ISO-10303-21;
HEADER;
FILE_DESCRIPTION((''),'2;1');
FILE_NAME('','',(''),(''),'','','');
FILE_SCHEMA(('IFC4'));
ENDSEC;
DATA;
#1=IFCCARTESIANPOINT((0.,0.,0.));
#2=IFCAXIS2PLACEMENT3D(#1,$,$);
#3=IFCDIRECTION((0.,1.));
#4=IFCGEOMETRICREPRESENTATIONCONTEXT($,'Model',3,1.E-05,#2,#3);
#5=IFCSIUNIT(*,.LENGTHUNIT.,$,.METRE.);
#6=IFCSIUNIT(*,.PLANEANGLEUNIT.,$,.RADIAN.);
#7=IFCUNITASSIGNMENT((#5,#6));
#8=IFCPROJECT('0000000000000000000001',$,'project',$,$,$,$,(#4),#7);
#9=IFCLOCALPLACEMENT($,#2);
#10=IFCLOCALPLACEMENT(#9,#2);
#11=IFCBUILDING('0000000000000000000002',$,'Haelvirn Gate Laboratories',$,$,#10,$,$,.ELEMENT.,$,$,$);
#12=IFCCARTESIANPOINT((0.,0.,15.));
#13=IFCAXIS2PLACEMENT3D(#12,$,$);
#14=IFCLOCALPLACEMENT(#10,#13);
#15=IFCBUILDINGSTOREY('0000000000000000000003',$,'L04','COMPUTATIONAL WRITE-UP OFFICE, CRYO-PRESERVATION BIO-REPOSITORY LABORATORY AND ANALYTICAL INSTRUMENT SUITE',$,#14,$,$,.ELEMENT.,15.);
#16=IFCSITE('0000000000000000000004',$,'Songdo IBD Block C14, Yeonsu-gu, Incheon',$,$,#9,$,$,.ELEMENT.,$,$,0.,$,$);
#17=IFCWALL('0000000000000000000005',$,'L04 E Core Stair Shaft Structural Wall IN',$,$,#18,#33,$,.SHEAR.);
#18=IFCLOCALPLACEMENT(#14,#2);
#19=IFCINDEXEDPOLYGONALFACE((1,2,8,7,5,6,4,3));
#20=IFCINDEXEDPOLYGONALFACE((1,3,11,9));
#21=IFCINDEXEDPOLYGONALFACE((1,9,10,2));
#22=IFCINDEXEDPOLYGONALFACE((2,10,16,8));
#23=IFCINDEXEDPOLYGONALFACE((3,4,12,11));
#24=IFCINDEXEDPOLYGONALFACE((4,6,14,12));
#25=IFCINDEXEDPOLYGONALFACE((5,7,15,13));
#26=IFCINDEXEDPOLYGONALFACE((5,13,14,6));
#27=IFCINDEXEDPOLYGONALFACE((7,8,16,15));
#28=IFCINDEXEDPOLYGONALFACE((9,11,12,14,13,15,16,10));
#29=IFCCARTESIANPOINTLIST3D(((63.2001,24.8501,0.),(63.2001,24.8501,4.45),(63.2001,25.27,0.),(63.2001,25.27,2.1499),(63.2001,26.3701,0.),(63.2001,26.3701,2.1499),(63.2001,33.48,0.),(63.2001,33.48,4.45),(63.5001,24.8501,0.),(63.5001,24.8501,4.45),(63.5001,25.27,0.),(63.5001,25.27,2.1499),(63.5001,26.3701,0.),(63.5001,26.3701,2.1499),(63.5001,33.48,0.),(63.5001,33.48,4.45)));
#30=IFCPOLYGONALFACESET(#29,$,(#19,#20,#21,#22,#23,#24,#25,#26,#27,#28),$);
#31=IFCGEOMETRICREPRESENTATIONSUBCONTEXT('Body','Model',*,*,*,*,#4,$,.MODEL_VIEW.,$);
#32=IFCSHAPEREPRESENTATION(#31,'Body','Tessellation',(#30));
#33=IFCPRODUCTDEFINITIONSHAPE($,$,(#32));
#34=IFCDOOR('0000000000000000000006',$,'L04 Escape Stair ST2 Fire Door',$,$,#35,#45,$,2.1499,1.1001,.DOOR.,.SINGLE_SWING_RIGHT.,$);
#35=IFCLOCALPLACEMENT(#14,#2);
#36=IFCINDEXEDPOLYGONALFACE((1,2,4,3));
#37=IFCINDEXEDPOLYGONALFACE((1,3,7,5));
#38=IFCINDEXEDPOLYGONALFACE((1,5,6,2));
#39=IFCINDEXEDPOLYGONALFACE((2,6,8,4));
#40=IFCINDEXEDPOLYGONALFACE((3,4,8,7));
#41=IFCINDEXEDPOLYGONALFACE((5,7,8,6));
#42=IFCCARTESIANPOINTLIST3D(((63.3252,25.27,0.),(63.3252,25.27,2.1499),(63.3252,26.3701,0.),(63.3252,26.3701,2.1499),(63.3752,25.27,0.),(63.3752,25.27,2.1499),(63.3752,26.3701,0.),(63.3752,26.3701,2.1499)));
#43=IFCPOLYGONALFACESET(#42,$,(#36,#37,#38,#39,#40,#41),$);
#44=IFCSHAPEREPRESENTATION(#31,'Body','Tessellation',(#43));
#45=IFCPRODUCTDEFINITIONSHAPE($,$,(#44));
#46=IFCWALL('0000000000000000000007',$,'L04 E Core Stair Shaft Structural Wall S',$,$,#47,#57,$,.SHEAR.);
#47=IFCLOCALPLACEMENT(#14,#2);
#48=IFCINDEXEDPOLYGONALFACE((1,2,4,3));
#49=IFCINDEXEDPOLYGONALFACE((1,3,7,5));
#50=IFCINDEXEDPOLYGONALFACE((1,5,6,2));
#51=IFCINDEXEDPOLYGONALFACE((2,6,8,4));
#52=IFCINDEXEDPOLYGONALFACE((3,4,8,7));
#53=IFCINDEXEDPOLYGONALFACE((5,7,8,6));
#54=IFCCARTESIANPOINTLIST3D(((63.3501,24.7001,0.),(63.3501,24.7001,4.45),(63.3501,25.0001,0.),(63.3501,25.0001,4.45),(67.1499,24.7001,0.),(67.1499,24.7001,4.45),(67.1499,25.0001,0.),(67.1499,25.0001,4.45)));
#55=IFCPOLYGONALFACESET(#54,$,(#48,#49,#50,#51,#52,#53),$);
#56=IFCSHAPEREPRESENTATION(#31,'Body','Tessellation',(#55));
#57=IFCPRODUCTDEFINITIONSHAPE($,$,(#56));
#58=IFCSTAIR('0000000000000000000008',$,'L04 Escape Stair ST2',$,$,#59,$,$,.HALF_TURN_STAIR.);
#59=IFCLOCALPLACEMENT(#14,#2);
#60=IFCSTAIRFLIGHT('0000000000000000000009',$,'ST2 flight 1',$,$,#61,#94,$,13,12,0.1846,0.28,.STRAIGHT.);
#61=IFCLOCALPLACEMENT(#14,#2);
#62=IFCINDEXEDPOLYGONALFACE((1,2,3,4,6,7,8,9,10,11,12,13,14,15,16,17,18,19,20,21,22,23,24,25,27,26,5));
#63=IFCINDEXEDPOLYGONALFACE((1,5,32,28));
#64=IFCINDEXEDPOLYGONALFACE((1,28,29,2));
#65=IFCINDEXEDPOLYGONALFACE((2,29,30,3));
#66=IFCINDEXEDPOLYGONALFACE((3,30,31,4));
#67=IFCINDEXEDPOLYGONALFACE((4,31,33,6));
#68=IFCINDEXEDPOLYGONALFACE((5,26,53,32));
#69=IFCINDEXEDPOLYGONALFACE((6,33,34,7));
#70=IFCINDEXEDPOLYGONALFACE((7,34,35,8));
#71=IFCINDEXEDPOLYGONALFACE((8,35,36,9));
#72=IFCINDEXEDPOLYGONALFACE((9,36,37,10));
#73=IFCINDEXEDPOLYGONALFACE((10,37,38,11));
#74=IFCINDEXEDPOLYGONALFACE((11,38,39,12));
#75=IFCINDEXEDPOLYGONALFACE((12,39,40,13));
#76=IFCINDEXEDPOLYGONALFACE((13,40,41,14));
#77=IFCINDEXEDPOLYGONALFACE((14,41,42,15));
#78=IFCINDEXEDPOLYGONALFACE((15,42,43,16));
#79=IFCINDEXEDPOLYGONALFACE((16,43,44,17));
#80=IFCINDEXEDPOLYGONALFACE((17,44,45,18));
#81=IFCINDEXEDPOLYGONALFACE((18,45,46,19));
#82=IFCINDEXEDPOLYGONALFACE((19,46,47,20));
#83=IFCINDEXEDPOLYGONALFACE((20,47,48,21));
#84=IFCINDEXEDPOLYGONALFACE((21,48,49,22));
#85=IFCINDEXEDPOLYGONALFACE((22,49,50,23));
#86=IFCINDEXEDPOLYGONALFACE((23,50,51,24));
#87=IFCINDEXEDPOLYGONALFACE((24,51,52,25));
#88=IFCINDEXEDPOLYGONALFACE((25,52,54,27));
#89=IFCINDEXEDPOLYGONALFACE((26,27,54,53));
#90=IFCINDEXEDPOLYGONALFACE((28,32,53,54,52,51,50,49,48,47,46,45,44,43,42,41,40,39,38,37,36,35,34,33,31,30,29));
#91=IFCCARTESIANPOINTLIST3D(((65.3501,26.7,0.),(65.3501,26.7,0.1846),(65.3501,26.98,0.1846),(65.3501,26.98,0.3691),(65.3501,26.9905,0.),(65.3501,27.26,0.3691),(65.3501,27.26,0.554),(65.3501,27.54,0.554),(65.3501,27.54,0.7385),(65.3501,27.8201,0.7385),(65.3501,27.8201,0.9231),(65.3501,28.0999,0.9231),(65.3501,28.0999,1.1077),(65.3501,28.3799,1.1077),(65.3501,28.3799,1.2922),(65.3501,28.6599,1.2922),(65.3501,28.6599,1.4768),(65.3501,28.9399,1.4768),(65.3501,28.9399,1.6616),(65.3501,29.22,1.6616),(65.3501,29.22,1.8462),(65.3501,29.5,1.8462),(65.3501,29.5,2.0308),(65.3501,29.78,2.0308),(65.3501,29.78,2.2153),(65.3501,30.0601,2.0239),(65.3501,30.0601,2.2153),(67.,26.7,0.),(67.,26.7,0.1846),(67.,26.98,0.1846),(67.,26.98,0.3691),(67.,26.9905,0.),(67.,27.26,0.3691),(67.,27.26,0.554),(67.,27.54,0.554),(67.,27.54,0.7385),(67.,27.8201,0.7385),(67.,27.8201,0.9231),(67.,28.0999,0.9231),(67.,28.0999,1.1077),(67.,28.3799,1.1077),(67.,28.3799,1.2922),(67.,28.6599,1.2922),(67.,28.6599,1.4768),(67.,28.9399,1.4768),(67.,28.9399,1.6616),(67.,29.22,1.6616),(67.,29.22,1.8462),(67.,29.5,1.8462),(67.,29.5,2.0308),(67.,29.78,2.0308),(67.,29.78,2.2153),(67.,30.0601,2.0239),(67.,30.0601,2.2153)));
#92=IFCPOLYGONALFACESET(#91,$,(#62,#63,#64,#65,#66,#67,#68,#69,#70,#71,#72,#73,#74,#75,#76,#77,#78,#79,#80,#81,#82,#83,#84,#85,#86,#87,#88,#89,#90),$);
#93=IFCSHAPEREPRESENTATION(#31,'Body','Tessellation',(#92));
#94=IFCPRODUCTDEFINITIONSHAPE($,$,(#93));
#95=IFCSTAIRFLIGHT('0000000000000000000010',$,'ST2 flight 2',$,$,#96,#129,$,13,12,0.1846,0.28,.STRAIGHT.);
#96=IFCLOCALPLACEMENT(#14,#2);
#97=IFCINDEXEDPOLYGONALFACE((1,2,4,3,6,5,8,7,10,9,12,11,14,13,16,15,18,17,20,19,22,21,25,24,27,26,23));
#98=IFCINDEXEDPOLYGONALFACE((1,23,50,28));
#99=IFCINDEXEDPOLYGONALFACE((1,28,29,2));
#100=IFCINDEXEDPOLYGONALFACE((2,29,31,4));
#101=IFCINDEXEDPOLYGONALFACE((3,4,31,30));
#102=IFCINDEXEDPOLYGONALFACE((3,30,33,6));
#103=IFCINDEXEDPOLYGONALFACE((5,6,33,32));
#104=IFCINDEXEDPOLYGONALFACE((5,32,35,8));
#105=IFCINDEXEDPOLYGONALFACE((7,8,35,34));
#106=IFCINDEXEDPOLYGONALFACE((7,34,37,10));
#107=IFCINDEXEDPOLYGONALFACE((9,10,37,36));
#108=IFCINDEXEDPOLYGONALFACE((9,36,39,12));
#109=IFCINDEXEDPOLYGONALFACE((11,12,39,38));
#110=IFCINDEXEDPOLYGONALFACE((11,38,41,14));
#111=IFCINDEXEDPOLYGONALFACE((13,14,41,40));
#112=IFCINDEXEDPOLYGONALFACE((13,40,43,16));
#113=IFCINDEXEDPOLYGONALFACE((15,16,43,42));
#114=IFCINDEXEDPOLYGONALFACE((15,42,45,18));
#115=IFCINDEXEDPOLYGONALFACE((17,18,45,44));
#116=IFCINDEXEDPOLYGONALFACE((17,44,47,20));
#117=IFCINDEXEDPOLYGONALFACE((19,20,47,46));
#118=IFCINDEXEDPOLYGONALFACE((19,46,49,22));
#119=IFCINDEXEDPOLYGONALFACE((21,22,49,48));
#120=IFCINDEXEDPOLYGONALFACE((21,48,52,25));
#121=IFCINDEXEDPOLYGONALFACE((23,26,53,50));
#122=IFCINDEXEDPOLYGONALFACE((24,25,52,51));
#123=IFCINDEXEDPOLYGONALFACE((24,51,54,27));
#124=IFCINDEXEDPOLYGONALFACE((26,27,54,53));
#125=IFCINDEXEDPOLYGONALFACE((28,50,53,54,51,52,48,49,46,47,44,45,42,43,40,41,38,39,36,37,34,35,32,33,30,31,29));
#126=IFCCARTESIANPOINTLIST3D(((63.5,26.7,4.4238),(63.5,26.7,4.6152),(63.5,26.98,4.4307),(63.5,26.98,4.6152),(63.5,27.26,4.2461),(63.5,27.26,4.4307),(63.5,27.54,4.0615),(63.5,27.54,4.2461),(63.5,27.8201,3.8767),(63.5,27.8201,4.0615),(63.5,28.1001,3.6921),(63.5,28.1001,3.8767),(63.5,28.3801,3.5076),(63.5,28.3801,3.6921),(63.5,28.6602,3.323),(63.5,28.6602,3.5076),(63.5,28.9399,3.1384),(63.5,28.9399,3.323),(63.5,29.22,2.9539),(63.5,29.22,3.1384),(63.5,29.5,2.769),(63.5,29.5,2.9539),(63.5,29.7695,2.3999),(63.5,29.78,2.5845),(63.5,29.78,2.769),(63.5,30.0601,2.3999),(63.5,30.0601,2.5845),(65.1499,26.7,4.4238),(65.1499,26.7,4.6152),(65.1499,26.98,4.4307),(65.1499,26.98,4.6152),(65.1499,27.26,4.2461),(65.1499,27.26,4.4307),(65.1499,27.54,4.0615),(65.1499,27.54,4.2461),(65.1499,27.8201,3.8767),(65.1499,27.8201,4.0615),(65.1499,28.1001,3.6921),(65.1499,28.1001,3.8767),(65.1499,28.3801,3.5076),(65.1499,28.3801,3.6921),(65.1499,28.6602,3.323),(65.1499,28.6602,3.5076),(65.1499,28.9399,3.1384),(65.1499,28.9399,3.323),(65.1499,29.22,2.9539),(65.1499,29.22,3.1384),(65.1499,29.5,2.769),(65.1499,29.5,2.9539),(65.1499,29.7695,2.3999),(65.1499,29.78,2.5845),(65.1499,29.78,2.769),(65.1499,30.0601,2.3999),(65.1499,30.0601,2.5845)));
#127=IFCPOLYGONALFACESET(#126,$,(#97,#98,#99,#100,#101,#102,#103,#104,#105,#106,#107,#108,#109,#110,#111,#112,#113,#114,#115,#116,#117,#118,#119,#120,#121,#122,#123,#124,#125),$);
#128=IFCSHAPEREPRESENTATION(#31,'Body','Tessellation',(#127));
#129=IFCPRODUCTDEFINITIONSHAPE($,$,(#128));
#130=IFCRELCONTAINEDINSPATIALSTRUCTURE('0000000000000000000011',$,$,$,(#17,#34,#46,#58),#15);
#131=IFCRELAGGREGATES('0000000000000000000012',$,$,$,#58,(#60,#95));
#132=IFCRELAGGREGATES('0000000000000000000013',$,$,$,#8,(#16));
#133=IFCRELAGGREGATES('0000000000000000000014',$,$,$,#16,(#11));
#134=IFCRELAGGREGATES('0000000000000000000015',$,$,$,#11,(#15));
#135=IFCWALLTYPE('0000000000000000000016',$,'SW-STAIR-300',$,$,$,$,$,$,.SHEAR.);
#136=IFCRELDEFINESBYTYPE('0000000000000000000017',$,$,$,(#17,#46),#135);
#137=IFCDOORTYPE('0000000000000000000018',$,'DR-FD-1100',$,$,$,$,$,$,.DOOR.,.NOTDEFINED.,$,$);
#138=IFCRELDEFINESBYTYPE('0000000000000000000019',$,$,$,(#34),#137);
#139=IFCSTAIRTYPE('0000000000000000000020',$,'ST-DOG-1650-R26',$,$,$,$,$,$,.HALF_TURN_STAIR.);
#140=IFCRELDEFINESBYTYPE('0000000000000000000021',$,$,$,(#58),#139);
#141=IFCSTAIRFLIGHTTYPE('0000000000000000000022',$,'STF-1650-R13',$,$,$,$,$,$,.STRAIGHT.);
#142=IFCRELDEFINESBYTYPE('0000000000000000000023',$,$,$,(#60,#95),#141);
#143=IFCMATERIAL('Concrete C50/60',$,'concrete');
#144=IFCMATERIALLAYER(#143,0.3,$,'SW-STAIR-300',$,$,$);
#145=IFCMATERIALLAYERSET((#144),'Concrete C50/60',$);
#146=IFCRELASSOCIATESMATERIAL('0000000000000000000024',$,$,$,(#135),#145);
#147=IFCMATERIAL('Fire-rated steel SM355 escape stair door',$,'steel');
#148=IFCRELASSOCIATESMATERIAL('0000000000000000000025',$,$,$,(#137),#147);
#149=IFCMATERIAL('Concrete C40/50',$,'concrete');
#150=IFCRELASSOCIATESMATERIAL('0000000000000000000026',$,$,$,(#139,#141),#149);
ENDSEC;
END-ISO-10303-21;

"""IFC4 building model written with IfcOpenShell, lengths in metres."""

from ifc_helpers import new_model, si_unit, direction, frame, frame_2d, origin, place, context, subcontext, project, spatial, polyline, rectangle, outline, extrude, source, transform, mapped, material, layer, layer_set, type_object, type_shapes, element, fill, aggregate, save


model = new_model("IFC4")

# Units and contexts
model_context = context("Model", 3, precision=1e-05, world=origin(), true_north=direction((0.0, 1.0)))
body_context = subcontext(model_context, "Body", "Model", "MODEL_VIEW")
ifc_project = project(units=[si_unit("LENGTHUNIT", "METRE"), si_unit("PLANEANGLEUNIT", "RADIAN")], contexts=[model_context])

# Site, building, storey
site_placement = place(None, origin())
site = spatial("IfcSite", under=ifc_project, at=site_placement, Name="Songdo IBD Block C14, Yeonsu-gu, Incheon", CompositionType="ELEMENT", RefElevation=0.0)
building_placement = place(site_placement, origin())
building = spatial("IfcBuilding", under=site, at=building_placement, Name="Haelvirn Gate Laboratories", CompositionType="ELEMENT")
storey_placement = place(building_placement, frame((0.0, 0.0, 15.0)))
storey = spatial("IfcBuildingStorey", under=building, at=storey_placement, Name="L04", Description="COMPUTATIONAL WRITE-UP OFFICE, CRYO-PRESERVATION BIO-REPOSITORY LABORATORY AND ANALYTICAL INSTRUMENT SUITE", CompositionType="ELEMENT", Elevation=15.0)

# Shared definitions
ifc_material_1 = material(Name="Concrete C40/50", Category="concrete")

# Wall, opening, door
ifc_material_2 = material(Name="Concrete C50/60", Category="concrete")
ifc_layer_1 = layer(ifc_material_2, 0.3, Name="SW-STAIR-300")
ifc_layer_set_1 = layer_set([ifc_layer_1], Name="Concrete C50/60")
wall_type_1 = type_object("IfcWallType", Name="SW-STAIR-300", PredefinedType="SHEAR", material=ifc_layer_set_1)
wall_1_placement = place(storey_placement, frame((63.3501, 24.8501, 0.0), z_axis=(0.0, 0.0, 1.0), x_axis=(0.0, 1.0, 0.0)))
wall_1 = element("IfcWall", 1, at=wall_1_placement, inside=storey, type_object=wall_type_1, Name="L04 E Core Stair Shaft Structural Wall IN", PredefinedType="SHEAR", context=body_context, shape_type="SweptSolid", body=[
    extrude(rectangle(XDim=8.6299, YDim=0.3, at=frame_2d((4.3149, 0.0))), origin(), (0.0, 0.0, 1.0), 4.45),
])
opening_placement = place(wall_1_placement, frame((0.4199, 0.0, 0.0)))
opening = element("IfcOpeningElement", 2, at=opening_placement, cuts=wall_1, PredefinedType="OPENING", context=body_context, shape_type="SweptSolid", body=[
    extrude(rectangle(XDim=1.1001, YDim=2.1499, at=frame_2d((0.55, 1.075))), frame((0.0, 0.1602, 0.0), z_axis=(0.0, -1.0, 0.0), x_axis=(1.0, 0.0, 0.0)), (0.0, 0.0, 1.0), 0.3201),
])
ifc_material_3 = material(Name="Fire-rated steel SM355 escape stair door", Category="steel")
door_type = type_object("IfcDoorType", Name="DR-FD-1100", OperationType="NOTDEFINED", PredefinedType="DOOR", material=ifc_material_3)
shared_shape_1 = source(origin(), body_context, "Body", "SweptSolid", [
    extrude(rectangle(XDim=1.1001, YDim=2.1499, at=frame_2d((0.55, 1.075))), frame((0.0, 0.0249, 0.0), z_axis=(0.0, -1.0, 0.0), x_axis=(1.0, 0.0, 0.0)), (0.0, 0.0, 1.0), 0.05),
])
type_shapes(door_type, [shared_shape_1])
door_placement = place(opening_placement, origin())
door = element("IfcDoor", 3, at=door_placement, inside=storey, type_object=door_type, Name="L04 Escape Stair ST2 Fire Door", OperationType="SINGLE_SWING_RIGHT", OverallHeight=2.1499, OverallWidth=1.1001, PredefinedType="DOOR", context=body_context, shape_type="MappedRepresentation", body=[
    mapped(shared_shape_1, transform((0.0, 0.0, 0.0), scale=1.0)),
])
fill(opening, door)

# Wall
wall_2_placement = place(storey_placement, frame((63.3501, 24.8501, 0.0), z_axis=(0.0, 0.0, 1.0), x_axis=(1.0, 0.0, 0.0)))
element("IfcWall", 4, at=wall_2_placement, inside=storey, type_object=wall_type_1, Name="L04 E Core Stair Shaft Structural Wall S", PredefinedType="SHEAR", context=body_context, shape_type="SweptSolid", body=[
    extrude(rectangle(XDim=3.7998, YDim=0.3, at=frame_2d((1.8999, 0.0))), origin(), (0.0, 0.0, 1.0), 4.45),
])

# Stair, stair flights
stair_type = type_object("IfcStairType", Name="ST-DOG-1650-R26", PredefinedType="HALF_TURN_STAIR", material=ifc_material_1)
stair_placement = place(storey_placement, origin())
stair = element("IfcStair", 5, at=stair_placement, inside=storey, type_object=stair_type, Name="L04 Escape Stair ST2", PredefinedType="HALF_TURN_STAIR")
stair_flight_type = type_object("IfcStairFlightType", Name="STF-1650-R13", PredefinedType="STRAIGHT", material=ifc_material_1)
shared_shape_2 = source(origin(), body_context, "Body", "SweptSolid", [
    extrude(outline(polyline([(0.0, 0.0), (0.0, 0.1846), (0.28, 0.1846), (0.28, 0.3691), (0.5601, 0.3691), (0.5601, 0.554), (0.8401, 0.554), (0.8401, 0.7385), (1.1201, 0.7385), (1.1201, 0.9231), (1.3999, 0.9231), (1.3999, 1.1077), (1.6799, 1.1077), (1.6799, 1.2922), (1.96, 1.2922), (1.96, 1.4768), (2.24, 1.4768), (2.24, 1.6616), (2.52, 1.6616), (2.52, 1.8462), (2.8, 1.8462), (2.8, 2.0308), (3.0801, 2.0308), (3.0801, 2.2153), (3.3601, 2.2153), (3.3601, 2.3999), (3.3601, 2.0239), (0.2905, 0.0), (0.0, 0.0)])), frame((0.0, 0.825, 0.0), z_axis=(0.0, -1.0, 0.0), x_axis=(1.0, 0.0, 0.0)), (0.0, 0.0, 1.0), 1.6499),
])
type_shapes(stair_flight_type, [shared_shape_2])
stair_flight_1_placement = place(storey_placement, frame((66.175, 26.7, 0.0), z_axis=(0.0, 0.0, 1.0), x_axis=(0.0, 1.0, 0.0)))
stair_flight_1 = element("IfcStairFlight", 6, at=stair_flight_1_placement, type_object=stair_flight_type, Name="ST2 flight 1", NumberOfRisers=13, NumberOfTreads=12, PredefinedType="STRAIGHT", RiserHeight=0.1846, TreadLength=0.28, context=body_context, shape_type="MappedRepresentation", body=[
    mapped(shared_shape_2, transform((0.0, 0.0, 0.0), scale=1.0)),
])
stair_flight_2_placement = place(storey_placement, frame((64.325, 30.0601, 2.3999), z_axis=(0.0, 0.0, 1.0), x_axis=(0.0, -1.0, 0.0)))
stair_flight_2 = element("IfcStairFlight", 7, at=stair_flight_2_placement, type_object=stair_flight_type, Name="ST2 flight 2", NumberOfRisers=13, NumberOfTreads=12, PredefinedType="STRAIGHT", RiserHeight=0.1846, TreadLength=0.28, context=body_context, shape_type="MappedRepresentation", body=[
    mapped(shared_shape_2, transform((0.0, 0.0, 0.0), scale=1.0)),
])
aggregate(stair, [stair_flight_1, stair_flight_2])

save(model, "model.ifc")
